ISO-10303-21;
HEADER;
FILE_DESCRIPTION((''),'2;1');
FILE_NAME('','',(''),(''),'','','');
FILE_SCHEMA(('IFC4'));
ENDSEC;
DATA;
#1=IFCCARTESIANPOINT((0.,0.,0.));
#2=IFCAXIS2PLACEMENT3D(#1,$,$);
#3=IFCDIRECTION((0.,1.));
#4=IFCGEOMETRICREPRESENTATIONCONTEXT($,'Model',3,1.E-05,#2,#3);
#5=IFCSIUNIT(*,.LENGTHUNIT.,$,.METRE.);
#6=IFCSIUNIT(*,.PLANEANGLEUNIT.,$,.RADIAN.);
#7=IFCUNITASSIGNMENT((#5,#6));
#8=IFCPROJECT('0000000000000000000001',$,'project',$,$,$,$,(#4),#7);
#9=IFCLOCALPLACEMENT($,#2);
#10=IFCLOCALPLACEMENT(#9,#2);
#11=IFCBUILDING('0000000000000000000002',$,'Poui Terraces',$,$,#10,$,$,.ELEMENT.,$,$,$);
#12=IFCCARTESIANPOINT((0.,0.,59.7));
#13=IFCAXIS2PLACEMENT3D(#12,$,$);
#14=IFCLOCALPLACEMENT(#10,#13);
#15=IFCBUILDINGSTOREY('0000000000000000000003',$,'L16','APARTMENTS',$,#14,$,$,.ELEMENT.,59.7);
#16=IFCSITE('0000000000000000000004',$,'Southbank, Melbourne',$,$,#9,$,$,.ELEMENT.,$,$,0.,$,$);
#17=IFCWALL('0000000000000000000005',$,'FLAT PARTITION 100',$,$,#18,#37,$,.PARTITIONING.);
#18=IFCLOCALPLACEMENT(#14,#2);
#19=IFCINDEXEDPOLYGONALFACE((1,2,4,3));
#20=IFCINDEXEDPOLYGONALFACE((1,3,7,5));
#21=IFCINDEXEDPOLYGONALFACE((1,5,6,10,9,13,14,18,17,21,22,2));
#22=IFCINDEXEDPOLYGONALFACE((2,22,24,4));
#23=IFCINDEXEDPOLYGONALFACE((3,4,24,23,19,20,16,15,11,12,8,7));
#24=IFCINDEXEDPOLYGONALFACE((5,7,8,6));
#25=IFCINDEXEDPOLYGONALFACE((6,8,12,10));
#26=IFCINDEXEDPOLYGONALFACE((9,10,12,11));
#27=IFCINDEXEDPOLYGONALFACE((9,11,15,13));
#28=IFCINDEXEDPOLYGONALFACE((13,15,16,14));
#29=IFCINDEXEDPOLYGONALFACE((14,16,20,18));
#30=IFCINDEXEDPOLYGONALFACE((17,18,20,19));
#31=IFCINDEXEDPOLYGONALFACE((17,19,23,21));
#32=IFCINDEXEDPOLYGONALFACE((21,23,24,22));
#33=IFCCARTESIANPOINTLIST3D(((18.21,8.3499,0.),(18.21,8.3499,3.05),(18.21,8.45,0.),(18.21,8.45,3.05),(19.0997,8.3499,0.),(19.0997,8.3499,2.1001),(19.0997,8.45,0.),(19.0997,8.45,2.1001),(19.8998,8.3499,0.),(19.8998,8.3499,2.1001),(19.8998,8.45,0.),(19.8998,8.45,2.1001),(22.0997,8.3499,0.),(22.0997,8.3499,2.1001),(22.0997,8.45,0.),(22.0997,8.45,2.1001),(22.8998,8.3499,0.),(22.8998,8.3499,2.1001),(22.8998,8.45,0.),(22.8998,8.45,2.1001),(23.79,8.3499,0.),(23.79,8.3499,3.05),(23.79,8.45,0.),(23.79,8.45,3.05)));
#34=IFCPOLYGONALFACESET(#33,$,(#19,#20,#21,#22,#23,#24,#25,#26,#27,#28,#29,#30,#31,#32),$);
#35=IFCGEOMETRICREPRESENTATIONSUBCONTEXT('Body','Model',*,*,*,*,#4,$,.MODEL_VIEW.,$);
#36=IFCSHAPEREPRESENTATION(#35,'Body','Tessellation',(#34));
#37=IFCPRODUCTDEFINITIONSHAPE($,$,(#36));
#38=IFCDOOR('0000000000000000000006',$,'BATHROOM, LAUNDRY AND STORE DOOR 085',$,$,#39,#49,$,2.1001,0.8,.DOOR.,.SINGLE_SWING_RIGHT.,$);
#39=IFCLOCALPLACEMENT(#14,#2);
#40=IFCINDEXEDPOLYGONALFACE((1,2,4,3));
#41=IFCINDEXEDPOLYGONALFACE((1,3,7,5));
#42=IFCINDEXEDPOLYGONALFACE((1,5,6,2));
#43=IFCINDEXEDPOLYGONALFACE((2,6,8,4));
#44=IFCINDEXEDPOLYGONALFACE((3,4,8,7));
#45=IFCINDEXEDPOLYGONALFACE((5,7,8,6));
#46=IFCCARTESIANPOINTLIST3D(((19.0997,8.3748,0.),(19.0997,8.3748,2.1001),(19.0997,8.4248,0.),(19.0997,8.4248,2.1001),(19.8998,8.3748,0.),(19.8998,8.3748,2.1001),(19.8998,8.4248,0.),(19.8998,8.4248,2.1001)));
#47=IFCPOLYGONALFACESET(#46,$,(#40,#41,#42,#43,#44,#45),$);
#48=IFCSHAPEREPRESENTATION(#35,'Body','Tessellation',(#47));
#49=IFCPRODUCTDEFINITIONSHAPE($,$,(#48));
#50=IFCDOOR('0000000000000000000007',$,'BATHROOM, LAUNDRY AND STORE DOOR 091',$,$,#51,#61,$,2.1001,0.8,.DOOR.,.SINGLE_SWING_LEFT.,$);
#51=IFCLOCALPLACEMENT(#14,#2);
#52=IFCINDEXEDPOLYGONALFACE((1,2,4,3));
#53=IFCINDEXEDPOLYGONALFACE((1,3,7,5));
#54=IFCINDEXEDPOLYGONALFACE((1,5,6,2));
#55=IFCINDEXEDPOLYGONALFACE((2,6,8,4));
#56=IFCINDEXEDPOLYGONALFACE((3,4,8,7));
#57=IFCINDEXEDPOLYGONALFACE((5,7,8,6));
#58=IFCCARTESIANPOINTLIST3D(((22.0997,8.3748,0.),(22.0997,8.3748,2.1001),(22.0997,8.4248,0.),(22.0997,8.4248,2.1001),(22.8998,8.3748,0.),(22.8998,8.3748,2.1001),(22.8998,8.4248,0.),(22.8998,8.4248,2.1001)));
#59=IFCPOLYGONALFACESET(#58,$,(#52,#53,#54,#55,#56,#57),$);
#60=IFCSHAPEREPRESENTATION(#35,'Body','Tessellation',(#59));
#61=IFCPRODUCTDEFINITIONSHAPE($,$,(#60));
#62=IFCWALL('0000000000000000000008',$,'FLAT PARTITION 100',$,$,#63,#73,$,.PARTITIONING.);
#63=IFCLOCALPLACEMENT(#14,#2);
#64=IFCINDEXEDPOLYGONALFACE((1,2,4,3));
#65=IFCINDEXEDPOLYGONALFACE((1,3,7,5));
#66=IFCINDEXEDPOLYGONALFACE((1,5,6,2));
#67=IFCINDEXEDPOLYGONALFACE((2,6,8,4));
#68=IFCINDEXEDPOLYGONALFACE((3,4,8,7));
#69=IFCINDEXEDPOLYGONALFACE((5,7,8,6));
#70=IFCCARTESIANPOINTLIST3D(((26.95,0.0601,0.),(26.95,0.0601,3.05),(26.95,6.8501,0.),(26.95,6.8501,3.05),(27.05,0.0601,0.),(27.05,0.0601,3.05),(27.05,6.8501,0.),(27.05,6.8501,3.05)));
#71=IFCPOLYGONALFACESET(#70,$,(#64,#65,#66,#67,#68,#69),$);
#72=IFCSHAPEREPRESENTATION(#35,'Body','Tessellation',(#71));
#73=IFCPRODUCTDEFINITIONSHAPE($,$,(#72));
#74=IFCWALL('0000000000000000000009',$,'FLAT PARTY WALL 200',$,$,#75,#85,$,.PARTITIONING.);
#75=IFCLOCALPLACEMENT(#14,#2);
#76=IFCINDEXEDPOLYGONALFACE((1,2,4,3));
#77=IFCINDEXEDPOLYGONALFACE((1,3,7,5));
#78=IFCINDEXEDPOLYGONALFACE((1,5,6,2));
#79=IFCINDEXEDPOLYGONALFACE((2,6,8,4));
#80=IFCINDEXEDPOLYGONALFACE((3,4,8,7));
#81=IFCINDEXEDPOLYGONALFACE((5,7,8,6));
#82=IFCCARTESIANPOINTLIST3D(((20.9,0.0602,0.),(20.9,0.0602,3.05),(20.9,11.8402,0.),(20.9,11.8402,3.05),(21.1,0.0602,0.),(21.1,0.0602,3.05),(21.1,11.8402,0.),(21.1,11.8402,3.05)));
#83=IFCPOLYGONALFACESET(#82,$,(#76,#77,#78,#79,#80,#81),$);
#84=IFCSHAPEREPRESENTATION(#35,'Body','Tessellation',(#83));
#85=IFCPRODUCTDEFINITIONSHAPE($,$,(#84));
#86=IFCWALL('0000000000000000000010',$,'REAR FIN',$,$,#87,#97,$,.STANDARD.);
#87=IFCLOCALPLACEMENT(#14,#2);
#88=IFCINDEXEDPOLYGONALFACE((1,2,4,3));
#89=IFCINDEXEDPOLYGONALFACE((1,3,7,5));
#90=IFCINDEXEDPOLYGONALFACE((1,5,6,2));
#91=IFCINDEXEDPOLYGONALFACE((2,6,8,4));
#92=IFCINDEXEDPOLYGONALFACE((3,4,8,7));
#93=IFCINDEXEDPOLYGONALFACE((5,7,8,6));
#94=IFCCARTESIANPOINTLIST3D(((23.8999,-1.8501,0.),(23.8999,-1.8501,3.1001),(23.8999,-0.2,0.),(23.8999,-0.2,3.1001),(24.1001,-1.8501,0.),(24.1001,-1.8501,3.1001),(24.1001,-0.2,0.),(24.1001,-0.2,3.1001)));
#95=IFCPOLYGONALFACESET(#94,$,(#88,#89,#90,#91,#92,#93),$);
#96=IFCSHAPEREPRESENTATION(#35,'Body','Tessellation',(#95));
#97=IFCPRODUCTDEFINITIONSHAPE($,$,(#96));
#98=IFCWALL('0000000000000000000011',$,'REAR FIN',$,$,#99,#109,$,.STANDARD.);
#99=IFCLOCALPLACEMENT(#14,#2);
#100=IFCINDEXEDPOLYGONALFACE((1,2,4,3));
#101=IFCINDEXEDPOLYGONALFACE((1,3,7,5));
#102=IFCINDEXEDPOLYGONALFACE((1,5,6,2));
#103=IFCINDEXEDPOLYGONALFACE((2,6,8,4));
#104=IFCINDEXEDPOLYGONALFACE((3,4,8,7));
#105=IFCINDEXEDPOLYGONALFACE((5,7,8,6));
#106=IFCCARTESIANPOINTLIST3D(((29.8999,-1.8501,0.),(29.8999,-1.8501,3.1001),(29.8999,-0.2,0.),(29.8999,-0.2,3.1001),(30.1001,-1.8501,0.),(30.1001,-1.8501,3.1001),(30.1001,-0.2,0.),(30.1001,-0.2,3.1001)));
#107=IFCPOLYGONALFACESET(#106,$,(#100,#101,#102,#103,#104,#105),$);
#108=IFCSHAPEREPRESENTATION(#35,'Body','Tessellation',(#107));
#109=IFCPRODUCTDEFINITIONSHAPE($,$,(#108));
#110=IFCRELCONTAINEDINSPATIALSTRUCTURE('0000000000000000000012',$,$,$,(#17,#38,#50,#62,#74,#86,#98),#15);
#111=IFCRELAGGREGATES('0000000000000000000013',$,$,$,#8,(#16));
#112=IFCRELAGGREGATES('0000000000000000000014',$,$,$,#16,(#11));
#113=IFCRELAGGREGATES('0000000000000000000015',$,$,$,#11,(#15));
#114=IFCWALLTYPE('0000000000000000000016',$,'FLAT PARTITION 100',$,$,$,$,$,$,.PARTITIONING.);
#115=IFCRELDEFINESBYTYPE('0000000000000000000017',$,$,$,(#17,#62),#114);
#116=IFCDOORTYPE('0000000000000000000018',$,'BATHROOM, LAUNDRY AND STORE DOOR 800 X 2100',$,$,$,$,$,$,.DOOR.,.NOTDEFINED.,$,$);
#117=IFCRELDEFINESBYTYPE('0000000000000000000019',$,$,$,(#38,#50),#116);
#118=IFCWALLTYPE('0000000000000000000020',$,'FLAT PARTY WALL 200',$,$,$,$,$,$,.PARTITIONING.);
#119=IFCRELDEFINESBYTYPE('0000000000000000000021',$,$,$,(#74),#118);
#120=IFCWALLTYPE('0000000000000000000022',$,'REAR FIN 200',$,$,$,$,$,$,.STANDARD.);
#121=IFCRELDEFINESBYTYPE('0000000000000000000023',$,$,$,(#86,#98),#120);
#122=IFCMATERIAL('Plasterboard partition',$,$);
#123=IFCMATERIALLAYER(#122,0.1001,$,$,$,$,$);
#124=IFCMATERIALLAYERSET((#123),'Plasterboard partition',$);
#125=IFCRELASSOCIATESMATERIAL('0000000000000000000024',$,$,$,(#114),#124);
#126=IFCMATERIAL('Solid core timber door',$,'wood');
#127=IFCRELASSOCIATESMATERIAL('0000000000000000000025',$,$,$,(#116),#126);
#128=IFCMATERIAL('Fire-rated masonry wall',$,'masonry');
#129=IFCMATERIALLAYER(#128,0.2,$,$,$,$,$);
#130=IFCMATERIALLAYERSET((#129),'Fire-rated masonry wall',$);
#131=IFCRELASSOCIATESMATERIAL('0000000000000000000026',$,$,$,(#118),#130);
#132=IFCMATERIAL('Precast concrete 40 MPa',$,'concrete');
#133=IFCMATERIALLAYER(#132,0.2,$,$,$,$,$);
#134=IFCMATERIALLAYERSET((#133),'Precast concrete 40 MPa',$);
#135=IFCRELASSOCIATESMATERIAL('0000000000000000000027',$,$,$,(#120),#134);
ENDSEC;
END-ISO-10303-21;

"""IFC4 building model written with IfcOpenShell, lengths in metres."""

from ifc_helpers import new_model, si_unit, direction, frame, frame_2d, origin, place, context, subcontext, project, spatial, polyline, rectangle, outline, extrude, source, transform, mapped, material, layer, layer_set, type_object, element, fill, save


model = new_model("IFC4")

# Units and contexts
model_context = context("Model", 3, precision=1e-05, world=origin(), true_north=direction((0.0, 1.0)))
body_context = subcontext(model_context, "Body", "Model", "MODEL_VIEW")
ifc_project = project(units=[si_unit("LENGTHUNIT", "METRE"), si_unit("PLANEANGLEUNIT", "RADIAN")], contexts=[model_context])

# Site, building, storey
site_placement = place(None, origin())
site = spatial("IfcSite", under=ifc_project, at=site_placement, Name="Southbank, Melbourne", CompositionType="ELEMENT", RefElevation=0.0)
building_placement = place(site_placement, origin())
building = spatial("IfcBuilding", under=site, at=building_placement, Name="Poui Terraces", CompositionType="ELEMENT")
storey_placement = place(building_placement, frame((0.0, 0.0, 59.7)))
storey = spatial("IfcBuildingStorey", under=building, at=storey_placement, Name="L16", Description="APARTMENTS", CompositionType="ELEMENT", Elevation=59.7)

# Shared definitions
ifc_material_1 = material(Name="Precast concrete 40 MPa", Category="concrete")

# Shared definitions
ifc_material_2 = material(Name="Solid core timber door", Category="wood")
ifc_material_3 = material(Name="Plasterboard partition")
ifc_layer_1 = layer(ifc_material_3, 0.1001)
ifc_layer_set_1 = layer_set([ifc_layer_1], Name="Plasterboard partition")
wall_type_1 = type_object("IfcWallType", Name="FLAT PARTITION 100", PredefinedType="PARTITIONING", material=ifc_layer_set_1)

# Wall, openings, doors
wall_1_placement = place(storey_placement, frame((18.21, 8.3999, 0.0), z_axis=(0.0, 0.0, 1.0), x_axis=(1.0, 0.0, 0.0)))
wall_1 = element("IfcWall", 1, at=wall_1_placement, inside=storey, type_object=wall_type_1, Name="FLAT PARTITION 100", PredefinedType="PARTITIONING", context=body_context, shape_type="SweptSolid", body=[
    extrude(rectangle(XDim=5.5801, YDim=0.1001, at=frame_2d((2.79, 0.0))), origin(), (0.0, 0.0, 1.0), 3.05),
])
opening_1_placement = place(wall_1_placement, frame((0.8899, 0.0, 0.0)))
opening_1 = element("IfcOpeningElement", 2, at=opening_1_placement, cuts=wall_1, PredefinedType="OPENING", context=body_context, shape_type="SweptSolid", body=[
    extrude(rectangle(XDim=0.8, YDim=2.1001, at=frame_2d((0.3999, 1.05))), frame((0.0, 0.0601, 0.0), z_axis=(0.0, -1.0, 0.0), x_axis=(1.0, 0.0, 0.0)), (0.0, 0.0, 1.0), 0.1201),
])
opening_2_placement = place(wall_1_placement, frame((3.8899, 0.0, 0.0)))
opening_2 = element("IfcOpeningElement", 3, at=opening_2_placement, cuts=wall_1, PredefinedType="OPENING", context=body_context, shape_type="SweptSolid", body=[
    extrude(rectangle(XDim=0.8, YDim=2.1001, at=frame_2d((0.3999, 1.05))), frame((0.0, 0.0601, 0.0), z_axis=(0.0, -1.0, 0.0), x_axis=(1.0, 0.0, 0.0)), (0.0, 0.0, 1.0), 0.1201),
])
door_type_1 = type_object("IfcDoorType", Name="BATHROOM, LAUNDRY AND STORE DOOR 800 X 2100", OperationType="NOTDEFINED", PredefinedType="DOOR", material=ifc_material_2)
door_1_placement = place(opening_1_placement, origin())
door_1 = element("IfcDoor", 4, at=door_1_placement, inside=storey, type_object=door_type_1, Name="BATHROOM, LAUNDRY AND STORE DOOR 085", OperationType="SINGLE_SWING_RIGHT", OverallHeight=2.1001, OverallWidth=0.8, PredefinedType="DOOR", context=body_context, shape_type="SweptSolid", body=[
    extrude(rectangle(XDim=0.8, YDim=2.1001, at=frame_2d((0.3999, 1.05))), frame((0.0, 0.0249, 0.0), z_axis=(0.0, -1.0, 0.0), x_axis=(1.0, 0.0, 0.0)), (0.0, 0.0, 1.0), 0.05),
])
fill(opening_1, door_1)
door_2_placement = place(opening_2_placement, origin())
door_2 = element("IfcDoor", 5, at=door_2_placement, inside=storey, type_object=door_type_1, Name="BATHROOM, LAUNDRY AND STORE DOOR 091", OperationType="SINGLE_SWING_LEFT", OverallHeight=2.1001, OverallWidth=0.8, PredefinedType="DOOR", context=body_context, shape_type="SweptSolid", body=[
    extrude(rectangle(XDim=0.8, YDim=2.1001, at=frame_2d((0.3999, 1.05))), frame((0.0, 0.0249, 0.0), z_axis=(0.0, -1.0, 0.0), x_axis=(1.0, 0.0, 0.0)), (0.0, 0.0, 1.0), 0.05),
])
fill(opening_2, door_2)

# Walls
wall_2_placement = place(storey_placement, frame((27.0, 0.0601, 0.0), z_axis=(0.0, 0.0, 1.0), x_axis=(0.0, 1.0, 0.0)))
element("IfcWall", 6, at=wall_2_placement, inside=storey, type_object=wall_type_1, Name="FLAT PARTITION 100", PredefinedType="PARTITIONING", context=body_context, shape_type="SweptSolid", body=[
    extrude(rectangle(XDim=6.79, YDim=0.1001, at=frame_2d((3.395, 0.0))), origin(), (0.0, 0.0, 1.0), 3.05),
])
ifc_material_4 = material(Name="Fire-rated masonry wall", Category="masonry")
ifc_layer_2 = layer(ifc_material_4, 0.2)
ifc_layer_set_2 = layer_set([ifc_layer_2], Name="Fire-rated masonry wall")
wall_type_2 = type_object("IfcWallType", Name="FLAT PARTY WALL 200", PredefinedType="PARTITIONING", material=ifc_layer_set_2)
wall_3_placement = place(storey_placement, frame((21.0, 0.0601, 0.0), z_axis=(0.0, 0.0, 1.0), x_axis=(0.0, 1.0, 0.0)))
element("IfcWall", 7, at=wall_3_placement, inside=storey, type_object=wall_type_2, Name="FLAT PARTY WALL 200", PredefinedType="PARTITIONING", context=body_context, shape_type="SweptSolid", body=[
    extrude(rectangle(XDim=11.78, YDim=0.2, at=frame_2d((5.8901, 0.0))), origin(), (0.0, 0.0, 1.0), 3.05),
])
ifc_layer_3 = layer(ifc_material_1, 0.2)
ifc_layer_set_3 = layer_set([ifc_layer_3], Name="Precast concrete 40 MPa")
wall_type_3 = type_object("IfcWallType", Name="REAR FIN 200", PredefinedType="STANDARD", material=ifc_layer_set_3)
shared_shape_1 = source(origin(), body_context, "Body", "SweptSolid", [
    extrude(outline(polyline([(0.0, 0.0), (0.2002, 0.0), (0.2002, 1.6501), (0.0, 1.6501), (0.0, 0.0)])), origin(), (0.0, 0.0, 1.0), 3.1001),
])
for number, where, name in (
    (8, (23.8999, -1.8501, 0.0), "REAR FIN"),
    (9, (29.8999, -1.8501, 0.0), "REAR FIN"),
):
    element("IfcWall", number, at=place(storey_placement, frame(where)), inside=storey, type_object=wall_type_3, Name=name, PredefinedType="STANDARD", context=body_context, shape_type="MappedRepresentation", body=[
        mapped(shared_shape_1, transform((0.0, 0.0, 0.0))),
    ])

save(model, "model.ifc")
